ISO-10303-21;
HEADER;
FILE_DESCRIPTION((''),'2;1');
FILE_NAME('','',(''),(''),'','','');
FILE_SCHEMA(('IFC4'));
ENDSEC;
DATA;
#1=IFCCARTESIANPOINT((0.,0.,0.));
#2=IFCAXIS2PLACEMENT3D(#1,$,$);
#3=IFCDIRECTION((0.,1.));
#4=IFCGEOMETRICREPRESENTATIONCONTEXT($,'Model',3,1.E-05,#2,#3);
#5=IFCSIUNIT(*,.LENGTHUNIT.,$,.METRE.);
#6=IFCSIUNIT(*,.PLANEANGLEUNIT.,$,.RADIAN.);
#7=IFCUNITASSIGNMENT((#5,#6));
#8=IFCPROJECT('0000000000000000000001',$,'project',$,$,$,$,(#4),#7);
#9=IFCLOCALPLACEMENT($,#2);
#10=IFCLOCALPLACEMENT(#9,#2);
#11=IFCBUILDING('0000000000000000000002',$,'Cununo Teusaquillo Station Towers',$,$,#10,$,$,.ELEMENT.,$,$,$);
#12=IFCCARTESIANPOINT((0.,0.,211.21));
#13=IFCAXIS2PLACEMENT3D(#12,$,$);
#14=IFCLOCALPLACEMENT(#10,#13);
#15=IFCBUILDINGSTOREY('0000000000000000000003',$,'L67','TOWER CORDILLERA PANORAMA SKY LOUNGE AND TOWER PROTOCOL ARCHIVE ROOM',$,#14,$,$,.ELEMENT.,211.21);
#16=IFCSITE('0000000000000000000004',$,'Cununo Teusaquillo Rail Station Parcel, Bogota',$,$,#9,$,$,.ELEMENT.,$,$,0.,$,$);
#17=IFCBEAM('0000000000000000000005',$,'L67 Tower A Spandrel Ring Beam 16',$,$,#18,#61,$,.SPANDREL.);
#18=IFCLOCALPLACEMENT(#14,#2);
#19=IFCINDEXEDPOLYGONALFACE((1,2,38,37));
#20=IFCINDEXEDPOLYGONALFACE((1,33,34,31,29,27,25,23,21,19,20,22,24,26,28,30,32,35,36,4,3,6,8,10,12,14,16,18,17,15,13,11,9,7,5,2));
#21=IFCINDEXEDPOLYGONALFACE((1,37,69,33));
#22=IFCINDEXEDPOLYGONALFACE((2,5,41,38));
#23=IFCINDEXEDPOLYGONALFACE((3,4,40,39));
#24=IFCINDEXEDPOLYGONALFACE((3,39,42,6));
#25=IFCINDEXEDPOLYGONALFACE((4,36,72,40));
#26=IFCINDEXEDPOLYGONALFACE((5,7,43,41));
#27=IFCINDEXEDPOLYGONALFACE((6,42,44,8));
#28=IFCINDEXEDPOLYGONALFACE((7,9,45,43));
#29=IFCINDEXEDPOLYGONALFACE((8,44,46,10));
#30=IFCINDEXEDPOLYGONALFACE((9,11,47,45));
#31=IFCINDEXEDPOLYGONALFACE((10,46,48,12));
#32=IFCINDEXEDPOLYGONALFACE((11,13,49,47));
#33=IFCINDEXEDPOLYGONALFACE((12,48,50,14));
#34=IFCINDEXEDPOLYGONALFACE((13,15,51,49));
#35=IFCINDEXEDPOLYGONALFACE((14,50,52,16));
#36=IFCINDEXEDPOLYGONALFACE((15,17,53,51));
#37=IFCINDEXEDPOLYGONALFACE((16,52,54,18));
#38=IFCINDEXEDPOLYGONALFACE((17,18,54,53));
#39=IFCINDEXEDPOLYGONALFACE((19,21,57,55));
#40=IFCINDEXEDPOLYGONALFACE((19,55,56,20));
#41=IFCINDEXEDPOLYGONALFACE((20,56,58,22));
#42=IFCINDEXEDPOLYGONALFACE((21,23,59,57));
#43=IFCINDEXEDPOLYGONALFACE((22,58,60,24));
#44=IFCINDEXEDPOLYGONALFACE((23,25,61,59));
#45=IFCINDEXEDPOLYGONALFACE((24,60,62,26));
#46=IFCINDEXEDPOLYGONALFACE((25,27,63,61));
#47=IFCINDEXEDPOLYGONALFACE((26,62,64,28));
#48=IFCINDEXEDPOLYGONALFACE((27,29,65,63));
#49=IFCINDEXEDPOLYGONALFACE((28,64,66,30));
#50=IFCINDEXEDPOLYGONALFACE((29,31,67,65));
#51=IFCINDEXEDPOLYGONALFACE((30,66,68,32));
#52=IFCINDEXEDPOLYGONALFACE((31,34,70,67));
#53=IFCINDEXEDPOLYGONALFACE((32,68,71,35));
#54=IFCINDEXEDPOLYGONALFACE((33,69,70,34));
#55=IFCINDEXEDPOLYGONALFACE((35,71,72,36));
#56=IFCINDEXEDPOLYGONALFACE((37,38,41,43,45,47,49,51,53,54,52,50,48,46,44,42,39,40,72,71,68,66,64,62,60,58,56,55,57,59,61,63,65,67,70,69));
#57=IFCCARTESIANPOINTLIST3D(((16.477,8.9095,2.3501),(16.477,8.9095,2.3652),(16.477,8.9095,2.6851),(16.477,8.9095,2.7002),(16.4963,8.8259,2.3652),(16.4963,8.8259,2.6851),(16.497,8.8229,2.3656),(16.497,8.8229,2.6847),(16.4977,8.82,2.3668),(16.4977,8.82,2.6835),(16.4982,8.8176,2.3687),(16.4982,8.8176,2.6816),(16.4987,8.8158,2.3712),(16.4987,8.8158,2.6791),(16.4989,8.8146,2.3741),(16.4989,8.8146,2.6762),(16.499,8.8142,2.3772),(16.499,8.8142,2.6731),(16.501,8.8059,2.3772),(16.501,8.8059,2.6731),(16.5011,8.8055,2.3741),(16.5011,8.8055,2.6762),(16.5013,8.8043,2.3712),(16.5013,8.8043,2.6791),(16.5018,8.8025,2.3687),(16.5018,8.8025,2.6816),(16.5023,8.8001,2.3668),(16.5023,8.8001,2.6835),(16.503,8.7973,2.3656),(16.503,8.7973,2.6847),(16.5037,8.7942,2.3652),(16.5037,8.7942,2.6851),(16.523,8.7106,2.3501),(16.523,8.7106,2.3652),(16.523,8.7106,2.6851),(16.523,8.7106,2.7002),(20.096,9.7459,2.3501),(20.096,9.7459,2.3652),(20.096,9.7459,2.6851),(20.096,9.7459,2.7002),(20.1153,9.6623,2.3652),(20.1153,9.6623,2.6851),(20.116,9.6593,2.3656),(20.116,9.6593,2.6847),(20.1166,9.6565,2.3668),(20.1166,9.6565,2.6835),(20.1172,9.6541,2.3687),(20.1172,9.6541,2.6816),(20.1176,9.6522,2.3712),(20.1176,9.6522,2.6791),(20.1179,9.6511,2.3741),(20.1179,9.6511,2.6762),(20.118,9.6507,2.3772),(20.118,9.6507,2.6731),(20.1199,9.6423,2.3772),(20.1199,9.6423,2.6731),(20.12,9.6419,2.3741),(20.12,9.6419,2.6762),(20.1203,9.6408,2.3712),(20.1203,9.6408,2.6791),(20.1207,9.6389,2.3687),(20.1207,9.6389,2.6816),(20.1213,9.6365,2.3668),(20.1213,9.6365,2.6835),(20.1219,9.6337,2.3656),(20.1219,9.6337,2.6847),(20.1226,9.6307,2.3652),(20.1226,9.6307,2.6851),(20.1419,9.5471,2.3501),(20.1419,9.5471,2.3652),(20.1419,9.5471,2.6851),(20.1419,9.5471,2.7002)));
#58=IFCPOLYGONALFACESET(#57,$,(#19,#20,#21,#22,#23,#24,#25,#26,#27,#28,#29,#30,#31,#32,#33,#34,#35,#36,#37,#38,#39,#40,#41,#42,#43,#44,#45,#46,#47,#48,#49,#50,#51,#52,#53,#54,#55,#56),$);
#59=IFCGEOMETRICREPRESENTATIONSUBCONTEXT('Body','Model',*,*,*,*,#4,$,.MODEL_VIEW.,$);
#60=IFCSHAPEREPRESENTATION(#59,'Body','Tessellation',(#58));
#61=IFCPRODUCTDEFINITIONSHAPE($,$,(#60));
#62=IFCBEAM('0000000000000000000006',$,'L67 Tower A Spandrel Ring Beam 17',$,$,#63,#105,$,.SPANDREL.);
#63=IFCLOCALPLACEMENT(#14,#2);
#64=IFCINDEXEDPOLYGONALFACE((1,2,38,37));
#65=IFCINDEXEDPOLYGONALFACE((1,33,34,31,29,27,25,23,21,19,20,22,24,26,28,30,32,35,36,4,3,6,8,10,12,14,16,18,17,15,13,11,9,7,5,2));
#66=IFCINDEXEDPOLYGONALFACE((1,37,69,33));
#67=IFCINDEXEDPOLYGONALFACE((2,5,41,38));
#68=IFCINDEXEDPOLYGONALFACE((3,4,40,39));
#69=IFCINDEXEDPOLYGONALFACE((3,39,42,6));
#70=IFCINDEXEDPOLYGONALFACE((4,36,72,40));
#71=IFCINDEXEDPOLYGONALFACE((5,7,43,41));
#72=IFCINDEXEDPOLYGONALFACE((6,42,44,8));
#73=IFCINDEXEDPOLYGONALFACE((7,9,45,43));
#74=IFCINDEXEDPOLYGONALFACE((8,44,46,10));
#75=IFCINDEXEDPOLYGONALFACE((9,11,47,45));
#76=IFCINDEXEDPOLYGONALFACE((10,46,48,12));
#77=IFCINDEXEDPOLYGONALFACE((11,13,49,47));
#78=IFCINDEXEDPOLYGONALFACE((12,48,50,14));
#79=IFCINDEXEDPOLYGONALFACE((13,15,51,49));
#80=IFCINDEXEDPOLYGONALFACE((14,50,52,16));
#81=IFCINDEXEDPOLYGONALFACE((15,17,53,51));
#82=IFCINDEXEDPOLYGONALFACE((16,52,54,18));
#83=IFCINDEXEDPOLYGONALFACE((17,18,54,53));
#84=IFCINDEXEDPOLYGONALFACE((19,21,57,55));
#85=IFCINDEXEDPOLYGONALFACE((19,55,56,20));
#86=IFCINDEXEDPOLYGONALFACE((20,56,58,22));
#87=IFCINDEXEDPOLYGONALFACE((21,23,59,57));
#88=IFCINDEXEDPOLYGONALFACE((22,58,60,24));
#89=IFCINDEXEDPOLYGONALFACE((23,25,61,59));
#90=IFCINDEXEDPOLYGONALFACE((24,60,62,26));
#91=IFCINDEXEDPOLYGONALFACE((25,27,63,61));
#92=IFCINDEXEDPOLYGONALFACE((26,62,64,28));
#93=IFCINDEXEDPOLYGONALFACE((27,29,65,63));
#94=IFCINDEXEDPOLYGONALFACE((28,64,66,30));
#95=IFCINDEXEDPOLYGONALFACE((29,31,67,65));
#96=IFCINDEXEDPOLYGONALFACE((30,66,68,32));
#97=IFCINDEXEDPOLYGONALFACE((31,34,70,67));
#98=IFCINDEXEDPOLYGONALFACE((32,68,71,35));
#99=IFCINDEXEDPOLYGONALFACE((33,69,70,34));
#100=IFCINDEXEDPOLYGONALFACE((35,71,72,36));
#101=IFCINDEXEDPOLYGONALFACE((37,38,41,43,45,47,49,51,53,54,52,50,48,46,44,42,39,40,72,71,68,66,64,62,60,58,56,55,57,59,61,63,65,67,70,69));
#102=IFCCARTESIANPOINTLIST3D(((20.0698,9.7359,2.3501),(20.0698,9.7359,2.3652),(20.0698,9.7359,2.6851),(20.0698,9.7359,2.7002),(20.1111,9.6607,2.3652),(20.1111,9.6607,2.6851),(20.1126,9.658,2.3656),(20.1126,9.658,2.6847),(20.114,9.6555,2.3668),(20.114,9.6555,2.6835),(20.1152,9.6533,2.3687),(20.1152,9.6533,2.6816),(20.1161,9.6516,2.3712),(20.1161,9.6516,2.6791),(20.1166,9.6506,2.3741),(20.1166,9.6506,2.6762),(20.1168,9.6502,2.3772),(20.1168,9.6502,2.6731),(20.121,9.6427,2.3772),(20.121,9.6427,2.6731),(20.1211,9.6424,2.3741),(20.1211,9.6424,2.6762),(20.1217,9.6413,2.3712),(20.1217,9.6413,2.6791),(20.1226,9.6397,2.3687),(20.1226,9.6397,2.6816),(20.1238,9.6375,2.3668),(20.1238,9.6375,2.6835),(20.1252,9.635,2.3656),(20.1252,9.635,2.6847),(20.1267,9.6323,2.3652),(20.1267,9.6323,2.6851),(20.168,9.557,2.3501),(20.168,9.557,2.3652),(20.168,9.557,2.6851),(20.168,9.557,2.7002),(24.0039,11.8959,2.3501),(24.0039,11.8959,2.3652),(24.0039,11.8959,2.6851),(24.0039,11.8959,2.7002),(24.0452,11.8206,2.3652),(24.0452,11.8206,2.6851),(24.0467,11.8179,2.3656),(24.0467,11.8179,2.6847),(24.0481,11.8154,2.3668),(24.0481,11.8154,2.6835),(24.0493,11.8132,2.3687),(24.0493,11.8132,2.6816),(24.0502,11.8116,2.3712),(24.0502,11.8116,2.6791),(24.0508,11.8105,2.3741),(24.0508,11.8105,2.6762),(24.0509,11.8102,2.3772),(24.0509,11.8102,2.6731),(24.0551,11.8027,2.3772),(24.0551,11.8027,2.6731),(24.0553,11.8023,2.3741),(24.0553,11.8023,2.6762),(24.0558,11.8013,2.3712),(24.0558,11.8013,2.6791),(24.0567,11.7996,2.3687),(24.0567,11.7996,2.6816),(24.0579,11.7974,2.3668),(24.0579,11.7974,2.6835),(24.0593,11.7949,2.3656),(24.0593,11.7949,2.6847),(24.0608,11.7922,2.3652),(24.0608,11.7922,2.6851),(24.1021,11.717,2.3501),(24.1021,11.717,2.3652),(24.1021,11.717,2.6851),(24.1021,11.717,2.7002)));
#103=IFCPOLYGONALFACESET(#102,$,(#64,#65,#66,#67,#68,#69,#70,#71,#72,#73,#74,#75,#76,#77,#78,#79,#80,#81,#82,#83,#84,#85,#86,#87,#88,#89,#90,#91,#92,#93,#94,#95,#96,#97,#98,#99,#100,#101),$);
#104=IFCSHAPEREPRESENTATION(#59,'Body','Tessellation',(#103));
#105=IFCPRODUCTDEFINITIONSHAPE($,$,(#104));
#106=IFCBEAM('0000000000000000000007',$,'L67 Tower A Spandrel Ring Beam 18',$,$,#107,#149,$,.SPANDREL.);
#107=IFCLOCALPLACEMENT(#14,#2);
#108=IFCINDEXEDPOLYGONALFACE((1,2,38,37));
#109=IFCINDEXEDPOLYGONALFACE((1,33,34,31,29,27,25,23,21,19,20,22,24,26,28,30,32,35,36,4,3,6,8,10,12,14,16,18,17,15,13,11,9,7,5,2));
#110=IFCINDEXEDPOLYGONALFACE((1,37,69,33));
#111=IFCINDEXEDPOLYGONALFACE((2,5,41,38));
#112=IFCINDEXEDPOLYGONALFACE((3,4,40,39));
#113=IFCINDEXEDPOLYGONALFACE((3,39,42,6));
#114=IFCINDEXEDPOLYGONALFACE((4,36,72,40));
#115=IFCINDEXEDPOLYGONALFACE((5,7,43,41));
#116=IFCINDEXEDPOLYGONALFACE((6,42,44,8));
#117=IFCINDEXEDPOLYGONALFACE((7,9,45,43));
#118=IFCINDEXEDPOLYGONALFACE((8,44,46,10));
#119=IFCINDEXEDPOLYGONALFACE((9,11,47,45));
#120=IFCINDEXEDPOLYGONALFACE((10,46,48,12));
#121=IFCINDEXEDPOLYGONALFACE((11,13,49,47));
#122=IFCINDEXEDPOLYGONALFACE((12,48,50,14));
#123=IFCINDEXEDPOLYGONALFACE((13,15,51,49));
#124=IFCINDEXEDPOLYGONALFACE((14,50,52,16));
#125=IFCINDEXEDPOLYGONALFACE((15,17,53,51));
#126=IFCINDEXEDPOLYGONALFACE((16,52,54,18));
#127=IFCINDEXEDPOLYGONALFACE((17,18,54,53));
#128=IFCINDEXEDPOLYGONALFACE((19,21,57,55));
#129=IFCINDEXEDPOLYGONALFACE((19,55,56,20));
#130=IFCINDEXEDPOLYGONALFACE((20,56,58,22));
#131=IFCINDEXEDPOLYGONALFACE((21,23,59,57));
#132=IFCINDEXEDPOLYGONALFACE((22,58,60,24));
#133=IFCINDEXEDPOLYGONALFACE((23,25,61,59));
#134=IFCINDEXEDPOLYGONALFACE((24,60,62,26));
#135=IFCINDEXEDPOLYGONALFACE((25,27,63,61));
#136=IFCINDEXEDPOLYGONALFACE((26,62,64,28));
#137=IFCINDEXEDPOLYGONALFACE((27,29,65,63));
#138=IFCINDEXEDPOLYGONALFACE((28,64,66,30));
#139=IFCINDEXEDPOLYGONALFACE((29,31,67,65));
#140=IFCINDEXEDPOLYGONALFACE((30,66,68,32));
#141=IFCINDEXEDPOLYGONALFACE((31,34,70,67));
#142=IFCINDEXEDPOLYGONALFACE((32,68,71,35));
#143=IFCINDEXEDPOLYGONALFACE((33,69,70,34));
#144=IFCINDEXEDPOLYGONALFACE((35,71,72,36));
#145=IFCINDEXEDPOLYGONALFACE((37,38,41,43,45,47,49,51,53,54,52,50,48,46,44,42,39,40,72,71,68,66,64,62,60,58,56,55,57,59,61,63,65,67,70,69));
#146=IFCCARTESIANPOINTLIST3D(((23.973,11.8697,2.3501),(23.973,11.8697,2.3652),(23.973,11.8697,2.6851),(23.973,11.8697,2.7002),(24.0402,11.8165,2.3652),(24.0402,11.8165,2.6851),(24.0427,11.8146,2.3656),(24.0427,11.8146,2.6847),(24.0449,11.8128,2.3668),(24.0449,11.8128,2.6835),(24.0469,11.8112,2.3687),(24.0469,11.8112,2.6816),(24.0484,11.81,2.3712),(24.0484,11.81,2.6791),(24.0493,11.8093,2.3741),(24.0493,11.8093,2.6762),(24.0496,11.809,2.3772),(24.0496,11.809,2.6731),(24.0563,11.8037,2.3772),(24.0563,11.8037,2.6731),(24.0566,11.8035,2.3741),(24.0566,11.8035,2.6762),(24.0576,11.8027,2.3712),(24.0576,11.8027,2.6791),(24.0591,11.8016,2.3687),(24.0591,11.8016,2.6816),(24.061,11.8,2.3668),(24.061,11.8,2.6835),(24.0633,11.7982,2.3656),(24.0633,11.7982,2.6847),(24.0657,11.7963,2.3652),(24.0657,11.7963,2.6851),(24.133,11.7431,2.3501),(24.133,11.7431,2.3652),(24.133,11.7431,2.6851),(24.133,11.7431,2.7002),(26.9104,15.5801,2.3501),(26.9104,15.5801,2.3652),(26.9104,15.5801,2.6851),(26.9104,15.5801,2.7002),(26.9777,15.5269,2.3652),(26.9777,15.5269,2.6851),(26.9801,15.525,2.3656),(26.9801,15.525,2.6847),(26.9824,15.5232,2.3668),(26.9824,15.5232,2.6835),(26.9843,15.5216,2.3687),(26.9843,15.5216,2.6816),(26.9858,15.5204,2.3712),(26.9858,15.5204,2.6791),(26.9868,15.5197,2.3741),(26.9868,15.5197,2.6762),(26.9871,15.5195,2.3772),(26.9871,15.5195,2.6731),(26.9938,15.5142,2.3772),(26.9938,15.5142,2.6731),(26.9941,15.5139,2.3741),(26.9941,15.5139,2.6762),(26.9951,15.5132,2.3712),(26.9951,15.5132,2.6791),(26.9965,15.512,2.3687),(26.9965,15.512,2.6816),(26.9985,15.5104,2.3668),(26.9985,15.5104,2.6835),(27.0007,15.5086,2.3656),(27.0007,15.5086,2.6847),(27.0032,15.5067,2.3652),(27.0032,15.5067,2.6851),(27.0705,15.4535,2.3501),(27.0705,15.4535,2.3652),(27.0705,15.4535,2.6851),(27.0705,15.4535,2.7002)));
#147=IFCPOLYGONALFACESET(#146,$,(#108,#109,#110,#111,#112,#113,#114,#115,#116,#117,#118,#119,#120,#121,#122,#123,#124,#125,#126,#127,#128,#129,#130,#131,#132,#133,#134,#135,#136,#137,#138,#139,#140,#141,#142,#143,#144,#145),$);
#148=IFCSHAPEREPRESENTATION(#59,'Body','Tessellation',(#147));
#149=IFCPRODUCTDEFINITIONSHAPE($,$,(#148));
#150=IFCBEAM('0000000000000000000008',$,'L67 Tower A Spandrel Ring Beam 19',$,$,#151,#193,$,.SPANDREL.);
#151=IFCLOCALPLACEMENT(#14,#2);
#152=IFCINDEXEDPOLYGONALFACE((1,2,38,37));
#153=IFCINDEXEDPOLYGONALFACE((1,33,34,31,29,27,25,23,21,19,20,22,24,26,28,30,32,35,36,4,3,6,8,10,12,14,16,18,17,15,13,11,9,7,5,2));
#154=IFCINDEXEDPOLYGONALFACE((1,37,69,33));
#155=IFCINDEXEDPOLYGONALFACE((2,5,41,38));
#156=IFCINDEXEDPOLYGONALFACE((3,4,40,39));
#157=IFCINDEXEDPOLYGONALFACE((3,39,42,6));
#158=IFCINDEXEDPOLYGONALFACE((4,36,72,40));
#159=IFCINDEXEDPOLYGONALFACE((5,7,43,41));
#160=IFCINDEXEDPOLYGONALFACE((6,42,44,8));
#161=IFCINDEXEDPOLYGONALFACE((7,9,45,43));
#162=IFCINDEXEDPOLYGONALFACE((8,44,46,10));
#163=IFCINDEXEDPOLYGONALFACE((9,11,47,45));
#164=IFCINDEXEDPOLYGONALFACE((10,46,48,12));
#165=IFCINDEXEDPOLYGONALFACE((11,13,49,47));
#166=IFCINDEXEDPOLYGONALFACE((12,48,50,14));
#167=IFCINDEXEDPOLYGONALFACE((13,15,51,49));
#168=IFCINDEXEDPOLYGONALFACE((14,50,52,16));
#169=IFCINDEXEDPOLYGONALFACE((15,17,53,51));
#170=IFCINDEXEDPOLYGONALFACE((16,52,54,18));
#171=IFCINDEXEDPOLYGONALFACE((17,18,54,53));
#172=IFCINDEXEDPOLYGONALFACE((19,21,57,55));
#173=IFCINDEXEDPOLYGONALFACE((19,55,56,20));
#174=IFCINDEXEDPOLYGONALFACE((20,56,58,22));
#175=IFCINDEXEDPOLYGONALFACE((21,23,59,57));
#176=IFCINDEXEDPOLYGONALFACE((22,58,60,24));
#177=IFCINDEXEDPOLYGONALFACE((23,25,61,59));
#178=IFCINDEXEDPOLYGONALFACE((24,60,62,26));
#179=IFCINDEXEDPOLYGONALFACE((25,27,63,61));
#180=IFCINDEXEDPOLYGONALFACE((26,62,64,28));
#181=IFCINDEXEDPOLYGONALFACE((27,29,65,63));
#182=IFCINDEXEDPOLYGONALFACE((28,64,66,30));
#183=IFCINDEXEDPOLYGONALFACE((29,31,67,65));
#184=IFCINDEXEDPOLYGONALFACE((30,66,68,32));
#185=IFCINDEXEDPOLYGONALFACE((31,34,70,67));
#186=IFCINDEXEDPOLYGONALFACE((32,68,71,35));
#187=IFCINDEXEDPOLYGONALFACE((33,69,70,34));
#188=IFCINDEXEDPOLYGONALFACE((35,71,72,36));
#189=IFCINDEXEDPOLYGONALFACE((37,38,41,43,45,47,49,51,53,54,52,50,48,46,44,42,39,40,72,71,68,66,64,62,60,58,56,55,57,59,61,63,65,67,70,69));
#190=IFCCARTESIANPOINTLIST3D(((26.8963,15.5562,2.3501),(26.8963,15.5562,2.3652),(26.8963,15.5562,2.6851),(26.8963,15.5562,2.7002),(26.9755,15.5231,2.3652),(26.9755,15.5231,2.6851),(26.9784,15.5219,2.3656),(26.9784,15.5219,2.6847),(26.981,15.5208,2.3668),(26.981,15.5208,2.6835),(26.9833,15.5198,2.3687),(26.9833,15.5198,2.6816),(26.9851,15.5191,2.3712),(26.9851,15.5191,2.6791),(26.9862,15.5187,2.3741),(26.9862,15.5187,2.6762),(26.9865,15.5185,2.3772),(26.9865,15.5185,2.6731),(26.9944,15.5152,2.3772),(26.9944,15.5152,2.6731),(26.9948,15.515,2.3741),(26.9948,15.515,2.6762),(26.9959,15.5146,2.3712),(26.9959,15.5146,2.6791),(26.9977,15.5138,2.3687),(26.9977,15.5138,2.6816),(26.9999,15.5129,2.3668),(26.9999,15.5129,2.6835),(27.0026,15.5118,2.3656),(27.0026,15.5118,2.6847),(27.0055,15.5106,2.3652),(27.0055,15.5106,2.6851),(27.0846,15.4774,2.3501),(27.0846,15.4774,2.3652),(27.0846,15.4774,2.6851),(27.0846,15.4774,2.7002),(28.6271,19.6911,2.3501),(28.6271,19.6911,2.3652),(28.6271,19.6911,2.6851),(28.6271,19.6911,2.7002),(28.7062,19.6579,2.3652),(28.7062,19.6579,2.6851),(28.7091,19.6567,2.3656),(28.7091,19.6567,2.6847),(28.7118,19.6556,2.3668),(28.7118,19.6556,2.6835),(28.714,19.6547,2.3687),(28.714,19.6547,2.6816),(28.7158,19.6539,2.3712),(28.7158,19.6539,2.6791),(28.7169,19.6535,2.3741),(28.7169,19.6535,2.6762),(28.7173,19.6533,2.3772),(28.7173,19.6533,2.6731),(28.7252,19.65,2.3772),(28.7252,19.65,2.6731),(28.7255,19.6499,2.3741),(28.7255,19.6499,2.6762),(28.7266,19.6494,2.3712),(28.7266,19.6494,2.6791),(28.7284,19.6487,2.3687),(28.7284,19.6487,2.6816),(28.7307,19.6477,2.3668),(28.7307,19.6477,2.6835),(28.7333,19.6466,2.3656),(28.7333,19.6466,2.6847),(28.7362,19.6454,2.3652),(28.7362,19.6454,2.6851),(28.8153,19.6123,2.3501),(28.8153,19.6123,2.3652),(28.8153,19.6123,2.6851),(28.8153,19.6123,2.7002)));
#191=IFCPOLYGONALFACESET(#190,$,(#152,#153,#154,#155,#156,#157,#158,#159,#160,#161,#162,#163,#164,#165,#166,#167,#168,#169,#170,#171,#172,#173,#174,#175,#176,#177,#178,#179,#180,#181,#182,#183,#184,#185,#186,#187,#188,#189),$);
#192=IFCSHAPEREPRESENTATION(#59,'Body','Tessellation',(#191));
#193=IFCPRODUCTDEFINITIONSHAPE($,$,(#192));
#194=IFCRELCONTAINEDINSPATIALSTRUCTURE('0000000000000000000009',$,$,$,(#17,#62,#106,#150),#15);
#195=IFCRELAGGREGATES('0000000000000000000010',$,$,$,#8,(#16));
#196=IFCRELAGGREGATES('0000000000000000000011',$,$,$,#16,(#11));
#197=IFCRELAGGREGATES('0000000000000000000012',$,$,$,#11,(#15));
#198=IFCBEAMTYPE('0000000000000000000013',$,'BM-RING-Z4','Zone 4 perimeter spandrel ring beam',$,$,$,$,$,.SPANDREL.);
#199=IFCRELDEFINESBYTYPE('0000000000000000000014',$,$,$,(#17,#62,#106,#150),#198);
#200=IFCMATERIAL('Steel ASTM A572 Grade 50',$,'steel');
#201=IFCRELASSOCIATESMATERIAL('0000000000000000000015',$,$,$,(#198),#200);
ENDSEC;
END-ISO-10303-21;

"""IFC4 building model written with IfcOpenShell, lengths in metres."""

from ifc_helpers import new_model, si_unit, direction, frame, origin, origin_2d, place, context, subcontext, project, spatial, i_section, extrude, material, material_profile, profile_set, type_object, element, save


model = new_model("IFC4")

# Units and contexts
model_context = context("Model", 3, precision=1e-05, world=origin(), true_north=direction((0.0, 1.0)))
body_context = subcontext(model_context, "Body", "Model", "MODEL_VIEW")
ifc_project = project(units=[si_unit("LENGTHUNIT", "METRE"), si_unit("PLANEANGLEUNIT", "RADIAN")], contexts=[model_context])

# Site, building, storey
site_placement = place(None, origin())
site = spatial("IfcSite", under=ifc_project, at=site_placement, Name="Cununo Teusaquillo Rail Station Parcel, Bogota", CompositionType="ELEMENT", RefElevation=0.0)
building_placement = place(site_placement, origin())
building = spatial("IfcBuilding", under=site, at=building_placement, Name="Cununo Teusaquillo Station Towers", CompositionType="ELEMENT")
storey_placement = place(building_placement, frame((0.0, 0.0, 211.21)))
storey = spatial("IfcBuildingStorey", under=building, at=storey_placement, Name="L67", Description="TOWER CORDILLERA PANORAMA SKY LOUNGE AND TOWER PROTOCOL ARCHIVE ROOM", CompositionType="ELEMENT", Elevation=211.21)

# Beams
ifc_material_1 = material(Name="Steel ASTM A572 Grade 50", Category="steel")
ifc_material_profile_1 = material_profile(ifc_material_1, i_section(OverallWidth=0.2041, OverallDepth=0.3501, WebThickness=0.0085, FlangeThickness=0.0151, FilletRadius=0.012, at=origin_2d()), Name="W14X48")
ifc_profile_set_1 = profile_set([ifc_material_profile_1], Name="Steel ASTM A572 Grade 50")
beam_type_1 = type_object("IfcBeamType", Name="BM-RING-Z4", Description="Zone 4 perimeter spandrel ring beam", PredefinedType="SPANDREL", material=ifc_profile_set_1)
beam_1_placement = place(storey_placement, frame((16.5, 8.8101, 2.5251), z_axis=(0.974315, 0.225191, 0.0), x_axis=(-0.225191, 0.974315, 0.0)))
element("IfcBeam", 1, at=beam_1_placement, inside=storey, type_object=beam_type_1, Name="L67 Tower A Spandrel Ring Beam 16", PredefinedType="SPANDREL", context=body_context, shape_type="SweptSolid", body=[
    extrude(i_section(OverallWidth=0.2041, OverallDepth=0.3501, WebThickness=0.0085, FlangeThickness=0.0151, FilletRadius=0.012, at=origin_2d()), origin(), (0.0, 0.0, 1.0), 3.7144),
])
beam_2_placement = place(storey_placement, frame((20.1189, 9.6465, 2.5251), z_axis=(0.876576, 0.481263, 0.0), x_axis=(-0.481263, 0.876576, 0.0)))
element("IfcBeam", 2, at=beam_2_placement, inside=storey, type_object=beam_type_1, Name="L67 Tower A Spandrel Ring Beam 17", PredefinedType="SPANDREL", context=body_context, shape_type="SweptSolid", body=[
    extrude(i_section(OverallWidth=0.2041, OverallDepth=0.3501, WebThickness=0.0085, FlangeThickness=0.0151, FilletRadius=0.012, at=origin_2d()), origin(), (0.0, 0.0, 1.0), 4.488),
])
beam_3_placement = place(storey_placement, frame((24.053, 11.8064, 2.5251), z_axis=(0.620711, 0.78404, 0.0), x_axis=(-0.78404, 0.620711, 0.0)))
element("IfcBeam", 3, at=beam_3_placement, inside=storey, type_object=beam_type_1, Name="L67 Tower A Spandrel Ring Beam 18", PredefinedType="SPANDREL", context=body_context, shape_type="SweptSolid", body=[
    extrude(i_section(OverallWidth=0.2041, OverallDepth=0.3501, WebThickness=0.0085, FlangeThickness=0.0151, FilletRadius=0.012, at=origin_2d()), origin(), (0.0, 0.0, 1.0), 4.7324),
])
beam_4_placement = place(storey_placement, frame((26.9905, 15.5168, 2.5251), z_axis=(0.386115, 0.92245, 0.0), x_axis=(-0.92245, 0.386115, 0.0)))
element("IfcBeam", 4, at=beam_4_placement, inside=storey, type_object=beam_type_1, Name="L67 Tower A Spandrel Ring Beam 19", PredefinedType="SPANDREL", context=body_context, shape_type="SweptSolid", body=[
    extrude(i_section(OverallWidth=0.2041, OverallDepth=0.3501, WebThickness=0.0085, FlangeThickness=0.0151, FilletRadius=0.012, at=origin_2d()), origin(), (0.0, 0.0, 1.0), 4.4824),
])

save(model, "model.ifc")
